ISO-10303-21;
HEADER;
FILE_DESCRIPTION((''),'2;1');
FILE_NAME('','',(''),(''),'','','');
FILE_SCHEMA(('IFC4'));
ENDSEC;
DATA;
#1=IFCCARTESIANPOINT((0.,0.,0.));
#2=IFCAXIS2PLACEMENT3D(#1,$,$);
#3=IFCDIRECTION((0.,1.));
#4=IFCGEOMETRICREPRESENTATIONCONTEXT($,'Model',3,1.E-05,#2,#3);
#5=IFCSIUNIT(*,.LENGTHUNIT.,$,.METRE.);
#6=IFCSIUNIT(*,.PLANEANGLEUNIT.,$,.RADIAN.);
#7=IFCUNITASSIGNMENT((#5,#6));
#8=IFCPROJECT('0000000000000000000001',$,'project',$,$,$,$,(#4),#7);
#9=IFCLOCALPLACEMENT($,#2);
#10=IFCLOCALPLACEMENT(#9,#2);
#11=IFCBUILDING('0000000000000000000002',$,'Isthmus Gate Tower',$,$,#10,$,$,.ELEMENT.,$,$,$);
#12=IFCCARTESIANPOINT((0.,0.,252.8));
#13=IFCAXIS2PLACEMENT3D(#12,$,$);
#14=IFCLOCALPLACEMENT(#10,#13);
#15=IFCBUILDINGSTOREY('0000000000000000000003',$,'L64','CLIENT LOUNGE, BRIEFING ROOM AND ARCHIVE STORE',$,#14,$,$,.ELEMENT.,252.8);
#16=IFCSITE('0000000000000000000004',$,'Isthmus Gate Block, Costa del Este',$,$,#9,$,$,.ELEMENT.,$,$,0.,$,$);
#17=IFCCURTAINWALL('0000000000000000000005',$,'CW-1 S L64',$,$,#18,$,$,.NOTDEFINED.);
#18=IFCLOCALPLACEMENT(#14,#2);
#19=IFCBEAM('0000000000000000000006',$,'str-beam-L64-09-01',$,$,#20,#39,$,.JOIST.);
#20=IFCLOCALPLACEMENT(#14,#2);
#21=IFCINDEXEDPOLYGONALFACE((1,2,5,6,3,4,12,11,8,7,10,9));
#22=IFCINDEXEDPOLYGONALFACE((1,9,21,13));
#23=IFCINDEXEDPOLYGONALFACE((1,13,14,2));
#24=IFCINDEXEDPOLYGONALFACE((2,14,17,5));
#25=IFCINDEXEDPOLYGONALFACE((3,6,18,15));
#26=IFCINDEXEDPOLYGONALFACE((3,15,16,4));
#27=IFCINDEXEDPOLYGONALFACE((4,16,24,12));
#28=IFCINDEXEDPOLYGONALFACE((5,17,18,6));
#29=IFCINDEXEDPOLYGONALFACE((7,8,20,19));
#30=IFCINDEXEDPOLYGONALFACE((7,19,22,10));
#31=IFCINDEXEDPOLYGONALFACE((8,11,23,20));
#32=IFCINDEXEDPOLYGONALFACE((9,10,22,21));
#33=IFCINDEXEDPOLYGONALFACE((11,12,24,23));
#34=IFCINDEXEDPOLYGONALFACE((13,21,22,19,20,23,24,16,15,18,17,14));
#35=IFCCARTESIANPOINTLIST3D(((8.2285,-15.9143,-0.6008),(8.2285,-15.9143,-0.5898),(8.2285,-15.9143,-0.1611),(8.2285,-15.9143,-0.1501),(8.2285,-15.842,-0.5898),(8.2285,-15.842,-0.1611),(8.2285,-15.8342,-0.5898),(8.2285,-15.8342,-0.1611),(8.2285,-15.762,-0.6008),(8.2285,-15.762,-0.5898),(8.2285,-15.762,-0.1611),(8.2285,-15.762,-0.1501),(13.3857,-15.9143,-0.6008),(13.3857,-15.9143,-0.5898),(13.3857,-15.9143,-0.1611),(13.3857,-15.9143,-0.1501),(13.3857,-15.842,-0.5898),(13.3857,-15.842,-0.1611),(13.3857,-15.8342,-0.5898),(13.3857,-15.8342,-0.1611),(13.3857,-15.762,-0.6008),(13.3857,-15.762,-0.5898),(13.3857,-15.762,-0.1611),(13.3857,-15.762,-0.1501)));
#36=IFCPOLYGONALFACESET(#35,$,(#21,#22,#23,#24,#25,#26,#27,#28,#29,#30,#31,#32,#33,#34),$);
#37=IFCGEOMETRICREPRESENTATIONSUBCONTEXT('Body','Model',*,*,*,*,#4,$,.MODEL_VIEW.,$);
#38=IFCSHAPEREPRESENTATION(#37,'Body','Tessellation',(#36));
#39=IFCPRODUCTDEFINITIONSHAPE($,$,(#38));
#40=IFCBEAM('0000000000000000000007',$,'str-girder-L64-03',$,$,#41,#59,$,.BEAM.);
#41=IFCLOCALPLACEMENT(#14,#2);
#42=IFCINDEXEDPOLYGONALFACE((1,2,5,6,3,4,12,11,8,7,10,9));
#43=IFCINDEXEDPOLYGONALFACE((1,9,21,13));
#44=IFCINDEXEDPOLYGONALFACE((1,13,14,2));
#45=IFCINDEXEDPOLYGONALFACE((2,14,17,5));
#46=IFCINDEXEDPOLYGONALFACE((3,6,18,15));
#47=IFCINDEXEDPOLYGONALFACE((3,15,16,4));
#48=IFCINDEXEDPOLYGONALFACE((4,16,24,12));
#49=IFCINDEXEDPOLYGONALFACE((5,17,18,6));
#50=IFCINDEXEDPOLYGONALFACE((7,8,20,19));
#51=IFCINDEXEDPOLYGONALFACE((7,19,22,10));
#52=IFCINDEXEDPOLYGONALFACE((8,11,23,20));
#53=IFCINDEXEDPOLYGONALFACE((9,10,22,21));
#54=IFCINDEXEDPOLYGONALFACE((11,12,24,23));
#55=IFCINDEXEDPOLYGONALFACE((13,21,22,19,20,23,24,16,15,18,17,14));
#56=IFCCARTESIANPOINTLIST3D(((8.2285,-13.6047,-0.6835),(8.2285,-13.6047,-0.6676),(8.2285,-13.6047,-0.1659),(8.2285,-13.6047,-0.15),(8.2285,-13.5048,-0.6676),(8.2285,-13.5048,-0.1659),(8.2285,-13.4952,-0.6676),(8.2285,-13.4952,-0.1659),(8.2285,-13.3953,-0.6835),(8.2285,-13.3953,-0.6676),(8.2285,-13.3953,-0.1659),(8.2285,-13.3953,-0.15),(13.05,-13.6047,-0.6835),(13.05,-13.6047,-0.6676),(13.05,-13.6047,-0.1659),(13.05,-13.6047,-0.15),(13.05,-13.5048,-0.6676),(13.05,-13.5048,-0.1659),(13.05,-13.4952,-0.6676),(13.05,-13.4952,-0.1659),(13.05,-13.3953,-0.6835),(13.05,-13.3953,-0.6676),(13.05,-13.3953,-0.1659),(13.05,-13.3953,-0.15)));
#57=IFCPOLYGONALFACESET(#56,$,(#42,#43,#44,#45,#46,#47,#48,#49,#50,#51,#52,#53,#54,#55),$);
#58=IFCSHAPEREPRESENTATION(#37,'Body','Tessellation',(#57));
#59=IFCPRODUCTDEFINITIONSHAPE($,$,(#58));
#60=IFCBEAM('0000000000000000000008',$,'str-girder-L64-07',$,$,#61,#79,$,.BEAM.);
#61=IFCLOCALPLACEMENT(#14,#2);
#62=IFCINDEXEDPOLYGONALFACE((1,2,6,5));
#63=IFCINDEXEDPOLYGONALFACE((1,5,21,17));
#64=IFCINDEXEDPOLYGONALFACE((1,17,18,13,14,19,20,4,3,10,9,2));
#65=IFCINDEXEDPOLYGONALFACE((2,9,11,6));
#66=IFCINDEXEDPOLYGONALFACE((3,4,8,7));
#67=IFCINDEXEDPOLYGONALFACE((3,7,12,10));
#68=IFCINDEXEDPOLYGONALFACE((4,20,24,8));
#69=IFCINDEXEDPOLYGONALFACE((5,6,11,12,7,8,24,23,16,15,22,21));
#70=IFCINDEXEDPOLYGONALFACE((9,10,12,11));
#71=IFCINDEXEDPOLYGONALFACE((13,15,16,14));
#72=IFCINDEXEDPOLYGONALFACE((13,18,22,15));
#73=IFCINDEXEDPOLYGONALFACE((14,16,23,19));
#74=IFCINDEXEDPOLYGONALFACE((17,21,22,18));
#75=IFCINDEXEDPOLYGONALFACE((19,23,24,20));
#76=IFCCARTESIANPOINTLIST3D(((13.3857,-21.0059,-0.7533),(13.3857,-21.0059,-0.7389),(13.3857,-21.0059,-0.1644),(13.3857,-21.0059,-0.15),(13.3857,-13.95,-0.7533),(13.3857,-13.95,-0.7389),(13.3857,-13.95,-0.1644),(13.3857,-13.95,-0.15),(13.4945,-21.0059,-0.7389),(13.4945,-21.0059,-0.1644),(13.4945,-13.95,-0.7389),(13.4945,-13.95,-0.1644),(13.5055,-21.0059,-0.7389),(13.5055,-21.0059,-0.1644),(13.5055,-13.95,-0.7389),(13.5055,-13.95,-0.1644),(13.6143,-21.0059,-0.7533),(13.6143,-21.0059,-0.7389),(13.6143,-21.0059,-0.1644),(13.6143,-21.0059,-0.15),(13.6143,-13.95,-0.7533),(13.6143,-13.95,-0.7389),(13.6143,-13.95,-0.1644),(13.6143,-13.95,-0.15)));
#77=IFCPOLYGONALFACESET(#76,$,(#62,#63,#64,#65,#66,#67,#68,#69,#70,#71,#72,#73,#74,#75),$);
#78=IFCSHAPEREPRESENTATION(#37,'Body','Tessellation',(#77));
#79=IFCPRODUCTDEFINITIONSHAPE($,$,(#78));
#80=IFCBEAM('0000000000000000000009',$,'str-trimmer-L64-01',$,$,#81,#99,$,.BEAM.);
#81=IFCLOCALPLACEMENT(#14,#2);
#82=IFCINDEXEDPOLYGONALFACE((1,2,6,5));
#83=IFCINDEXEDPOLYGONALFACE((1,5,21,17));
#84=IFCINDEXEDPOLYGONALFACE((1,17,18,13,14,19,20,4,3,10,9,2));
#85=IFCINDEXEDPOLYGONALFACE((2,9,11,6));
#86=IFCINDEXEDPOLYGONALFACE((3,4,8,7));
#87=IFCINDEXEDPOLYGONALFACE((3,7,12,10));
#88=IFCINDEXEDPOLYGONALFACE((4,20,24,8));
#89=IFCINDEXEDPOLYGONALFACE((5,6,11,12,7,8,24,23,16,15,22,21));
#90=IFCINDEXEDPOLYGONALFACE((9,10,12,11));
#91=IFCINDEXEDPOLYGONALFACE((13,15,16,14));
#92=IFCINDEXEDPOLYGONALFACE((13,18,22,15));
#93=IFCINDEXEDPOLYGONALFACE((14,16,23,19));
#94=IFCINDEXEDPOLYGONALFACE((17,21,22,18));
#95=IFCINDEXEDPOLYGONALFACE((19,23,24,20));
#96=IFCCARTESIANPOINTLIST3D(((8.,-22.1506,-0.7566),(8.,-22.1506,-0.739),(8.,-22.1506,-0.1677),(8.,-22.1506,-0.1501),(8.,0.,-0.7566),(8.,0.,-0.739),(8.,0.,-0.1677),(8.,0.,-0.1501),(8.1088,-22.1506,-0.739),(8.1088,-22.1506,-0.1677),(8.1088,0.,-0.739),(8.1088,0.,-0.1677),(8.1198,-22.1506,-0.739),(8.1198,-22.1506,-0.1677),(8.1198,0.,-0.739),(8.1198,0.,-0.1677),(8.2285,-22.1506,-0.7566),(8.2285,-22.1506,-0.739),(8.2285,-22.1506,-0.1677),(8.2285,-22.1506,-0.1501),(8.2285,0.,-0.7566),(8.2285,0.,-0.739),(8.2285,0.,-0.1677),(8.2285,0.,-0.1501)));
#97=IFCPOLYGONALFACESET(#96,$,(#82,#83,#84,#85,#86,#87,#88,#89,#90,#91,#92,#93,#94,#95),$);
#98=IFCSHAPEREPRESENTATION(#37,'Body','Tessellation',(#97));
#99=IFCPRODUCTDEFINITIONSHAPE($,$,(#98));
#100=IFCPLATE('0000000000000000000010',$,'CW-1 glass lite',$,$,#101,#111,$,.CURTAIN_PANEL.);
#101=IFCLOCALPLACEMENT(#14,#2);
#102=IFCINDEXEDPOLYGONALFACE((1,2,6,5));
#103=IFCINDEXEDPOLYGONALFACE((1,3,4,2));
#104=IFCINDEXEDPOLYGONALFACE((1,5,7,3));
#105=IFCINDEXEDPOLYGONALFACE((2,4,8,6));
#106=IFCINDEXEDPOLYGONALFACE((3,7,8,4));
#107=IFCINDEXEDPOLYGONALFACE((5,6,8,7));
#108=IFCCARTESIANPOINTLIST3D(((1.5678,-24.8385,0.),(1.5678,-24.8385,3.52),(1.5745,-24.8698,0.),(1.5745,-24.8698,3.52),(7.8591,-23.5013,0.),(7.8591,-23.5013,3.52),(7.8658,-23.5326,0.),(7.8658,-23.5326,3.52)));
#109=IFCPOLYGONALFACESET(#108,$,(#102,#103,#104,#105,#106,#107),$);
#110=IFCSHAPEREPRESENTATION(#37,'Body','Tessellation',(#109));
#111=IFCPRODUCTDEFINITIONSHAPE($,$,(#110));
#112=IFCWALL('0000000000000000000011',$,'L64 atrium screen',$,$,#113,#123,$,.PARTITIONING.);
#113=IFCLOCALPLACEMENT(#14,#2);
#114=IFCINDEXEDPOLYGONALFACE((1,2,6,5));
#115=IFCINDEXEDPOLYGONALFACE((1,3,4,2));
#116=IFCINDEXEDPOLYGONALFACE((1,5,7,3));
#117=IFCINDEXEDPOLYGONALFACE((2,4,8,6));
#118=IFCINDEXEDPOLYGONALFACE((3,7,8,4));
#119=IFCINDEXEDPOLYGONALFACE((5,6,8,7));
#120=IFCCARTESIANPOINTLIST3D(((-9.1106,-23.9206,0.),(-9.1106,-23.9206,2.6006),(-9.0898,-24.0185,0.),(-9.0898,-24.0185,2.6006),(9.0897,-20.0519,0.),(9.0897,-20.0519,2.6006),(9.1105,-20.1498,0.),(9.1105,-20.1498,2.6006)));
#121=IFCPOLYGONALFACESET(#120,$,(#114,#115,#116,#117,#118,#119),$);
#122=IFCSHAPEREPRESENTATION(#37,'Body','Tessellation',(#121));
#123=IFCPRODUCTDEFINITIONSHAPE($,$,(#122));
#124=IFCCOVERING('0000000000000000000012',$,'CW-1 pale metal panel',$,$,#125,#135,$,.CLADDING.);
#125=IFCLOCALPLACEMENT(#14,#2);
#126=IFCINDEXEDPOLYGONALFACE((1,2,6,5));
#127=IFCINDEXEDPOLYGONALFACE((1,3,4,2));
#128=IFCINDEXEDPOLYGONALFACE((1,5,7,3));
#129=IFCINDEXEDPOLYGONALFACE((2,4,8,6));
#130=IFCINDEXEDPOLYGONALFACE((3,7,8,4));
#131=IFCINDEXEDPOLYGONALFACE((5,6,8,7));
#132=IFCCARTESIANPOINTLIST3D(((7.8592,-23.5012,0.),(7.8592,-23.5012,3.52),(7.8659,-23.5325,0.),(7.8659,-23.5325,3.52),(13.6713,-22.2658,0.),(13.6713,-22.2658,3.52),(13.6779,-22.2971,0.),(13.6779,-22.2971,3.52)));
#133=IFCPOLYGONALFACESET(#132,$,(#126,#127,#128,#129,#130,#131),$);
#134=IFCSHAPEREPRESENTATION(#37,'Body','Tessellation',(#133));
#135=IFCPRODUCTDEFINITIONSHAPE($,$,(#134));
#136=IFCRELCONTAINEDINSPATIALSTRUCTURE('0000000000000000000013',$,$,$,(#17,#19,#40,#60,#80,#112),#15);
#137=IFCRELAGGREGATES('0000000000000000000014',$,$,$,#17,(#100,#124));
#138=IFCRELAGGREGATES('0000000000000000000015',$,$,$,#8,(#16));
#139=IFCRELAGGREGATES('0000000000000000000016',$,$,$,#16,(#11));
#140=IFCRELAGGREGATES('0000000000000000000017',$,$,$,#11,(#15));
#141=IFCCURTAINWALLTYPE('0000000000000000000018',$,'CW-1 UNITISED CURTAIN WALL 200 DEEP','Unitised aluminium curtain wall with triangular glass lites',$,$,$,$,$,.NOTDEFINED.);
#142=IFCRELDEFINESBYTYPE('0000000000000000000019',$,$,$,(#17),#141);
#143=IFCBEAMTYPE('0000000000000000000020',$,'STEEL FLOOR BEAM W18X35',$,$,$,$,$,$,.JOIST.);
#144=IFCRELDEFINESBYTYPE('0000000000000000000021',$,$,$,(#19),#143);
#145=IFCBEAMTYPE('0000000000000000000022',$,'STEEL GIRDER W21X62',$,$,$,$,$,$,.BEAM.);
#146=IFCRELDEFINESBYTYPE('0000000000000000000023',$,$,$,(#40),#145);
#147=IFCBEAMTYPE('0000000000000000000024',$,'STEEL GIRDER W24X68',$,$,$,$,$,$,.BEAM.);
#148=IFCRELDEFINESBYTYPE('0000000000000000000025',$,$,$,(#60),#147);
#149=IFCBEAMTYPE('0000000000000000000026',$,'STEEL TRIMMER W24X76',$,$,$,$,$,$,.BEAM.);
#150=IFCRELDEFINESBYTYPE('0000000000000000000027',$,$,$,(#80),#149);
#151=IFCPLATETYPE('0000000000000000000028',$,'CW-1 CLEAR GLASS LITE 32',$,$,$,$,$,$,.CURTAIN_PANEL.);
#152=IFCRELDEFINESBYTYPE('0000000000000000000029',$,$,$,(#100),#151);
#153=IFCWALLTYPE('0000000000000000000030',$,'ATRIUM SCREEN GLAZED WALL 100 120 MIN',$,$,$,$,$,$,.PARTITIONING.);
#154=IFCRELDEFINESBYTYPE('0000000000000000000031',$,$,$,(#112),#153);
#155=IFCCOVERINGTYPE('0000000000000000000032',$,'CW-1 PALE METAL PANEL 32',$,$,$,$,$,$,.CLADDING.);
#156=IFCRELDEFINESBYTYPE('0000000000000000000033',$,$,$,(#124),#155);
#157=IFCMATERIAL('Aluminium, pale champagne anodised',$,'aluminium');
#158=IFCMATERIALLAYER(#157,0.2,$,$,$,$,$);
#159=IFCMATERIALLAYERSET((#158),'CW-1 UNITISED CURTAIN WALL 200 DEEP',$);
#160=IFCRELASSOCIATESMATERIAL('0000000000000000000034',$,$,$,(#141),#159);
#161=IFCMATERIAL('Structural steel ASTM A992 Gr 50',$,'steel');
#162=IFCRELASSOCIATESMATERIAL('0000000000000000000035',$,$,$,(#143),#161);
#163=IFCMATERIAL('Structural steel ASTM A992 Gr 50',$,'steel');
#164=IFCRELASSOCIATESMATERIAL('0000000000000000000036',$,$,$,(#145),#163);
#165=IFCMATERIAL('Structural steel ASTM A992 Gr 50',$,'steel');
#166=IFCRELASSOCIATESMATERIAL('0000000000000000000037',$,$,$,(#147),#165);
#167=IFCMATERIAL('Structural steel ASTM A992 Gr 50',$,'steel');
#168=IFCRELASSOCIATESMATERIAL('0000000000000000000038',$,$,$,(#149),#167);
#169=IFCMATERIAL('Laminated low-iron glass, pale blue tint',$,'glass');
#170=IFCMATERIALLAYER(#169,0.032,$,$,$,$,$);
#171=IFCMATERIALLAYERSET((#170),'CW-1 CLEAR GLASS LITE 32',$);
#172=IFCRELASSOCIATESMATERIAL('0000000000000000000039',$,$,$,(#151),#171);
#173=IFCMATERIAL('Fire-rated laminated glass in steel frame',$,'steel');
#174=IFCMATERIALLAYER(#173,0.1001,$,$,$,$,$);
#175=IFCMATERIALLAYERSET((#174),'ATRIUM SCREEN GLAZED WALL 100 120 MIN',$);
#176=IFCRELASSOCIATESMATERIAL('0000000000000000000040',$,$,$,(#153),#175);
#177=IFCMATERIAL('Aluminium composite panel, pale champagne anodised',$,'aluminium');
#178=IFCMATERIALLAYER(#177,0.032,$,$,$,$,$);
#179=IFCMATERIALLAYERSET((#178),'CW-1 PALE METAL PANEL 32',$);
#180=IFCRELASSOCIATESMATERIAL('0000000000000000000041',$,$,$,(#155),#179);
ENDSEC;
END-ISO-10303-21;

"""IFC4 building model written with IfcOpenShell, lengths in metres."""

from ifc_helpers import new_model, si_unit, direction, frame, frame_2d, origin, origin_2d, place, context, subcontext, project, spatial, rectangle, i_section, extrude, material, layer, layer_set, material_profile, profile_set, type_object, element, aggregate, save


model = new_model("IFC4")

# Units and contexts
model_context = context("Model", 3, precision=1e-05, world=origin(), true_north=direction((0.0, 1.0)))
body_context = subcontext(model_context, "Body", "Model", "MODEL_VIEW")
ifc_project = project(units=[si_unit("LENGTHUNIT", "METRE"), si_unit("PLANEANGLEUNIT", "RADIAN")], contexts=[model_context])

# Site, building, storey
site_placement = place(None, origin())
site = spatial("IfcSite", under=ifc_project, at=site_placement, Name="Isthmus Gate Block, Costa del Este", CompositionType="ELEMENT", RefElevation=0.0)
building_placement = place(site_placement, origin())
building = spatial("IfcBuilding", under=site, at=building_placement, Name="Isthmus Gate Tower", CompositionType="ELEMENT")
storey_placement = place(building_placement, frame((0.0, 0.0, 252.8)))
storey = spatial("IfcBuildingStorey", under=building, at=storey_placement, Name="L64", Description="CLIENT LOUNGE, BRIEFING ROOM AND ARCHIVE STORE", CompositionType="ELEMENT", Elevation=252.8)

# Curtain wall
ifc_material_1 = material(Name="Aluminium, pale champagne anodised", Category="aluminium")
ifc_layer_1 = layer(ifc_material_1, 0.2)
ifc_layer_set_1 = layer_set([ifc_layer_1], Name="CW-1 UNITISED CURTAIN WALL 200 DEEP")
curtain_wall_type = type_object("IfcCurtainWallType", Name="CW-1 UNITISED CURTAIN WALL 200 DEEP", Description="Unitised aluminium curtain wall with triangular glass lites", PredefinedType="NOTDEFINED", material=ifc_layer_set_1)
curtain_wall_placement = place(storey_placement, origin())
curtain_wall = element("IfcCurtainWall", 1, at=curtain_wall_placement, inside=storey, type_object=curtain_wall_type, Name="CW-1 S L64", PredefinedType="NOTDEFINED")

# Beams
ifc_material_2 = material(Name="Structural steel ASTM A992 Gr 50", Category="steel")
ifc_material_profile_1 = material_profile(ifc_material_2, i_section(OverallWidth=0.1523, OverallDepth=0.4507, WebThickness=0.0078, FlangeThickness=0.011, at=origin_2d()), Name="W18X35")
ifc_profile_set_1 = profile_set([ifc_material_profile_1], Name="Structural steel ASTM A992 Gr 50")
beam_type_1 = type_object("IfcBeamType", Name="STEEL FLOOR BEAM W18X35", PredefinedType="JOIST", material=ifc_profile_set_1)
for number, where, z_axis, x_axis, name in (
    (2, (8.2285, -15.8381, -0.3755), (1.0, 0.0, 0.0), (0.0, 1.0, 0.0), "str-beam-L64-09-01"),
):
    element("IfcBeam", number, at=place(storey_placement, frame(where, z_axis=z_axis, x_axis=x_axis)), inside=storey, type_object=beam_type_1, Name=name, PredefinedType="JOIST", context=body_context, shape_type="SweptSolid", body=[
        extrude(i_section(OverallWidth=0.1523, OverallDepth=0.4507, WebThickness=0.0078, FlangeThickness=0.011, at=origin_2d()), origin(), (0.0, 0.0, 1.0), 5.1572),
    ])
ifc_material_3 = material(Name="Structural steel ASTM A992 Gr 50", Category="steel")
ifc_material_profile_2 = material_profile(ifc_material_3, i_section(OverallWidth=0.2095, OverallDepth=0.5334, WebThickness=0.0095, FlangeThickness=0.0159, at=origin_2d()), Name="W21X62")
ifc_profile_set_2 = profile_set([ifc_material_profile_2], Name="Structural steel ASTM A992 Gr 50")
beam_type_2 = type_object("IfcBeamType", Name="STEEL GIRDER W21X62", PredefinedType="BEAM", material=ifc_profile_set_2)
beam_1_placement = place(storey_placement, frame((8.2285, -13.5, -0.4167), z_axis=(1.0, 0.0, 0.0), x_axis=(0.0, 1.0, 0.0)))
element("IfcBeam", 3, at=beam_1_placement, inside=storey, type_object=beam_type_2, Name="str-girder-L64-03", PredefinedType="BEAM", context=body_context, shape_type="SweptSolid", body=[
    extrude(i_section(OverallWidth=0.2095, OverallDepth=0.5334, WebThickness=0.0095, FlangeThickness=0.0159, at=origin_2d()), origin(), (0.0, 0.0, 1.0), 4.8215),
])
ifc_material_4 = material(Name="Structural steel ASTM A992 Gr 50", Category="steel")
ifc_material_profile_3 = material_profile(ifc_material_4, i_section(OverallWidth=0.2285, OverallDepth=0.6033, WebThickness=0.011, FlangeThickness=0.0144, at=origin_2d()), Name="W24X68")
ifc_profile_set_3 = profile_set([ifc_material_profile_3], Name="Structural steel ASTM A992 Gr 50")
beam_type_3 = type_object("IfcBeamType", Name="STEEL GIRDER W24X68", PredefinedType="BEAM", material=ifc_profile_set_3)
beam_2_placement = place(storey_placement, frame((13.5, -21.0059, -0.4517), z_axis=(0.0, 1.0, 0.0), x_axis=(-1.0, 0.0, 0.0)))
element("IfcBeam", 4, at=beam_2_placement, inside=storey, type_object=beam_type_3, Name="str-girder-L64-07", PredefinedType="BEAM", context=body_context, shape_type="SweptSolid", body=[
    extrude(i_section(OverallWidth=0.2285, OverallDepth=0.6033, WebThickness=0.011, FlangeThickness=0.0144, at=origin_2d()), origin(), (0.0, 0.0, 1.0), 7.0559),
])
ifc_material_5 = material(Name="Structural steel ASTM A992 Gr 50", Category="steel")
ifc_material_profile_4 = material_profile(ifc_material_5, i_section(OverallWidth=0.2285, OverallDepth=0.6064, WebThickness=0.011, FlangeThickness=0.0176, at=origin_2d()), Name="W24X76")
ifc_profile_set_4 = profile_set([ifc_material_profile_4], Name="Structural steel ASTM A992 Gr 50")
beam_type_4 = type_object("IfcBeamType", Name="STEEL TRIMMER W24X76", PredefinedType="BEAM", material=ifc_profile_set_4)
beam_3_placement = place(storey_placement, frame((8.1143, -22.1506, -0.4534), z_axis=(0.0, 1.0, 0.0), x_axis=(-1.0, 0.0, 0.0)))
element("IfcBeam", 5, at=beam_3_placement, inside=storey, type_object=beam_type_4, Name="str-trimmer-L64-01", PredefinedType="BEAM", context=body_context, shape_type="SweptSolid", body=[
    extrude(i_section(OverallWidth=0.2285, OverallDepth=0.6064, WebThickness=0.011, FlangeThickness=0.0176, at=origin_2d()), origin(), (0.0, 0.0, 1.0), 22.1506),
])

# Plate
ifc_material_6 = material(Name="Laminated low-iron glass, pale blue tint", Category="glass")
ifc_layer_2 = layer(ifc_material_6, 0.032)
ifc_layer_set_2 = layer_set([ifc_layer_2], Name="CW-1 CLEAR GLASS LITE 32")
plate_type = type_object("IfcPlateType", Name="CW-1 CLEAR GLASS LITE 32", PredefinedType="CURTAIN_PANEL", material=ifc_layer_set_2)
plate_placement = place(storey_placement, frame((4.7168, -24.1855, 0.0), z_axis=(0.0, 0.0, 1.0), x_axis=(0.978148, 0.207912, 0.0)))
plate = element("IfcPlate", 6, at=plate_placement, type_object=plate_type, Name="CW-1 glass lite", PredefinedType="CURTAIN_PANEL", context=body_context, shape_type="SweptSolid", body=[
    extrude(rectangle(XDim=6.4319, YDim=0.032, at=origin_2d()), origin(), (0.0, 0.0, 1.0), 3.52),
])

# Wall
ifc_material_7 = material(Name="Fire-rated laminated glass in steel frame", Category="steel")
ifc_layer_3 = layer(ifc_material_7, 0.1001)
ifc_layer_set_3 = layer_set([ifc_layer_3], Name="ATRIUM SCREEN GLAZED WALL 100 120 MIN")
wall_type = type_object("IfcWallType", Name="ATRIUM SCREEN GLAZED WALL 100 120 MIN", PredefinedType="PARTITIONING", material=ifc_layer_set_3)
wall_placement = place(storey_placement, frame((9.1001, -20.1008, 0.0), z_axis=(0.0, 0.0, 1.0), x_axis=(-0.978147, -0.207916, 0.0)))
element("IfcWall", 7, at=wall_placement, inside=storey, type_object=wall_type, Name="L64 atrium screen", PredefinedType="PARTITIONING", context=body_context, shape_type="SweptSolid", body=[
    extrude(rectangle(XDim=18.6069, YDim=0.1001, at=frame_2d((9.3035, 0.0))), origin(), (0.0, 0.0, 1.0), 2.6006),
])

# Covering
ifc_material_8 = material(Name="Aluminium composite panel, pale champagne anodised", Category="aluminium")
ifc_layer_4 = layer(ifc_material_8, 0.032)
ifc_layer_set_4 = layer_set([ifc_layer_4], Name="CW-1 PALE METAL PANEL 32")
covering_type = type_object("IfcCoveringType", Name="CW-1 PALE METAL PANEL 32", PredefinedType="CLADDING", material=ifc_layer_set_4)
covering_placement = place(storey_placement, frame((10.7686, -22.8992, 0.0), z_axis=(0.0, 0.0, 1.0), x_axis=(0.978148, 0.207912, 0.0)))
covering = element("IfcCovering", 8, at=covering_placement, type_object=covering_type, Name="CW-1 pale metal panel", PredefinedType="CLADDING", context=body_context, shape_type="SweptSolid", body=[
    extrude(rectangle(XDim=5.9419, YDim=0.032, at=origin_2d()), origin(), (0.0, 0.0, 1.0), 3.52),
])
aggregate(curtain_wall, [plate, covering])

save(model, "model.ifc")
